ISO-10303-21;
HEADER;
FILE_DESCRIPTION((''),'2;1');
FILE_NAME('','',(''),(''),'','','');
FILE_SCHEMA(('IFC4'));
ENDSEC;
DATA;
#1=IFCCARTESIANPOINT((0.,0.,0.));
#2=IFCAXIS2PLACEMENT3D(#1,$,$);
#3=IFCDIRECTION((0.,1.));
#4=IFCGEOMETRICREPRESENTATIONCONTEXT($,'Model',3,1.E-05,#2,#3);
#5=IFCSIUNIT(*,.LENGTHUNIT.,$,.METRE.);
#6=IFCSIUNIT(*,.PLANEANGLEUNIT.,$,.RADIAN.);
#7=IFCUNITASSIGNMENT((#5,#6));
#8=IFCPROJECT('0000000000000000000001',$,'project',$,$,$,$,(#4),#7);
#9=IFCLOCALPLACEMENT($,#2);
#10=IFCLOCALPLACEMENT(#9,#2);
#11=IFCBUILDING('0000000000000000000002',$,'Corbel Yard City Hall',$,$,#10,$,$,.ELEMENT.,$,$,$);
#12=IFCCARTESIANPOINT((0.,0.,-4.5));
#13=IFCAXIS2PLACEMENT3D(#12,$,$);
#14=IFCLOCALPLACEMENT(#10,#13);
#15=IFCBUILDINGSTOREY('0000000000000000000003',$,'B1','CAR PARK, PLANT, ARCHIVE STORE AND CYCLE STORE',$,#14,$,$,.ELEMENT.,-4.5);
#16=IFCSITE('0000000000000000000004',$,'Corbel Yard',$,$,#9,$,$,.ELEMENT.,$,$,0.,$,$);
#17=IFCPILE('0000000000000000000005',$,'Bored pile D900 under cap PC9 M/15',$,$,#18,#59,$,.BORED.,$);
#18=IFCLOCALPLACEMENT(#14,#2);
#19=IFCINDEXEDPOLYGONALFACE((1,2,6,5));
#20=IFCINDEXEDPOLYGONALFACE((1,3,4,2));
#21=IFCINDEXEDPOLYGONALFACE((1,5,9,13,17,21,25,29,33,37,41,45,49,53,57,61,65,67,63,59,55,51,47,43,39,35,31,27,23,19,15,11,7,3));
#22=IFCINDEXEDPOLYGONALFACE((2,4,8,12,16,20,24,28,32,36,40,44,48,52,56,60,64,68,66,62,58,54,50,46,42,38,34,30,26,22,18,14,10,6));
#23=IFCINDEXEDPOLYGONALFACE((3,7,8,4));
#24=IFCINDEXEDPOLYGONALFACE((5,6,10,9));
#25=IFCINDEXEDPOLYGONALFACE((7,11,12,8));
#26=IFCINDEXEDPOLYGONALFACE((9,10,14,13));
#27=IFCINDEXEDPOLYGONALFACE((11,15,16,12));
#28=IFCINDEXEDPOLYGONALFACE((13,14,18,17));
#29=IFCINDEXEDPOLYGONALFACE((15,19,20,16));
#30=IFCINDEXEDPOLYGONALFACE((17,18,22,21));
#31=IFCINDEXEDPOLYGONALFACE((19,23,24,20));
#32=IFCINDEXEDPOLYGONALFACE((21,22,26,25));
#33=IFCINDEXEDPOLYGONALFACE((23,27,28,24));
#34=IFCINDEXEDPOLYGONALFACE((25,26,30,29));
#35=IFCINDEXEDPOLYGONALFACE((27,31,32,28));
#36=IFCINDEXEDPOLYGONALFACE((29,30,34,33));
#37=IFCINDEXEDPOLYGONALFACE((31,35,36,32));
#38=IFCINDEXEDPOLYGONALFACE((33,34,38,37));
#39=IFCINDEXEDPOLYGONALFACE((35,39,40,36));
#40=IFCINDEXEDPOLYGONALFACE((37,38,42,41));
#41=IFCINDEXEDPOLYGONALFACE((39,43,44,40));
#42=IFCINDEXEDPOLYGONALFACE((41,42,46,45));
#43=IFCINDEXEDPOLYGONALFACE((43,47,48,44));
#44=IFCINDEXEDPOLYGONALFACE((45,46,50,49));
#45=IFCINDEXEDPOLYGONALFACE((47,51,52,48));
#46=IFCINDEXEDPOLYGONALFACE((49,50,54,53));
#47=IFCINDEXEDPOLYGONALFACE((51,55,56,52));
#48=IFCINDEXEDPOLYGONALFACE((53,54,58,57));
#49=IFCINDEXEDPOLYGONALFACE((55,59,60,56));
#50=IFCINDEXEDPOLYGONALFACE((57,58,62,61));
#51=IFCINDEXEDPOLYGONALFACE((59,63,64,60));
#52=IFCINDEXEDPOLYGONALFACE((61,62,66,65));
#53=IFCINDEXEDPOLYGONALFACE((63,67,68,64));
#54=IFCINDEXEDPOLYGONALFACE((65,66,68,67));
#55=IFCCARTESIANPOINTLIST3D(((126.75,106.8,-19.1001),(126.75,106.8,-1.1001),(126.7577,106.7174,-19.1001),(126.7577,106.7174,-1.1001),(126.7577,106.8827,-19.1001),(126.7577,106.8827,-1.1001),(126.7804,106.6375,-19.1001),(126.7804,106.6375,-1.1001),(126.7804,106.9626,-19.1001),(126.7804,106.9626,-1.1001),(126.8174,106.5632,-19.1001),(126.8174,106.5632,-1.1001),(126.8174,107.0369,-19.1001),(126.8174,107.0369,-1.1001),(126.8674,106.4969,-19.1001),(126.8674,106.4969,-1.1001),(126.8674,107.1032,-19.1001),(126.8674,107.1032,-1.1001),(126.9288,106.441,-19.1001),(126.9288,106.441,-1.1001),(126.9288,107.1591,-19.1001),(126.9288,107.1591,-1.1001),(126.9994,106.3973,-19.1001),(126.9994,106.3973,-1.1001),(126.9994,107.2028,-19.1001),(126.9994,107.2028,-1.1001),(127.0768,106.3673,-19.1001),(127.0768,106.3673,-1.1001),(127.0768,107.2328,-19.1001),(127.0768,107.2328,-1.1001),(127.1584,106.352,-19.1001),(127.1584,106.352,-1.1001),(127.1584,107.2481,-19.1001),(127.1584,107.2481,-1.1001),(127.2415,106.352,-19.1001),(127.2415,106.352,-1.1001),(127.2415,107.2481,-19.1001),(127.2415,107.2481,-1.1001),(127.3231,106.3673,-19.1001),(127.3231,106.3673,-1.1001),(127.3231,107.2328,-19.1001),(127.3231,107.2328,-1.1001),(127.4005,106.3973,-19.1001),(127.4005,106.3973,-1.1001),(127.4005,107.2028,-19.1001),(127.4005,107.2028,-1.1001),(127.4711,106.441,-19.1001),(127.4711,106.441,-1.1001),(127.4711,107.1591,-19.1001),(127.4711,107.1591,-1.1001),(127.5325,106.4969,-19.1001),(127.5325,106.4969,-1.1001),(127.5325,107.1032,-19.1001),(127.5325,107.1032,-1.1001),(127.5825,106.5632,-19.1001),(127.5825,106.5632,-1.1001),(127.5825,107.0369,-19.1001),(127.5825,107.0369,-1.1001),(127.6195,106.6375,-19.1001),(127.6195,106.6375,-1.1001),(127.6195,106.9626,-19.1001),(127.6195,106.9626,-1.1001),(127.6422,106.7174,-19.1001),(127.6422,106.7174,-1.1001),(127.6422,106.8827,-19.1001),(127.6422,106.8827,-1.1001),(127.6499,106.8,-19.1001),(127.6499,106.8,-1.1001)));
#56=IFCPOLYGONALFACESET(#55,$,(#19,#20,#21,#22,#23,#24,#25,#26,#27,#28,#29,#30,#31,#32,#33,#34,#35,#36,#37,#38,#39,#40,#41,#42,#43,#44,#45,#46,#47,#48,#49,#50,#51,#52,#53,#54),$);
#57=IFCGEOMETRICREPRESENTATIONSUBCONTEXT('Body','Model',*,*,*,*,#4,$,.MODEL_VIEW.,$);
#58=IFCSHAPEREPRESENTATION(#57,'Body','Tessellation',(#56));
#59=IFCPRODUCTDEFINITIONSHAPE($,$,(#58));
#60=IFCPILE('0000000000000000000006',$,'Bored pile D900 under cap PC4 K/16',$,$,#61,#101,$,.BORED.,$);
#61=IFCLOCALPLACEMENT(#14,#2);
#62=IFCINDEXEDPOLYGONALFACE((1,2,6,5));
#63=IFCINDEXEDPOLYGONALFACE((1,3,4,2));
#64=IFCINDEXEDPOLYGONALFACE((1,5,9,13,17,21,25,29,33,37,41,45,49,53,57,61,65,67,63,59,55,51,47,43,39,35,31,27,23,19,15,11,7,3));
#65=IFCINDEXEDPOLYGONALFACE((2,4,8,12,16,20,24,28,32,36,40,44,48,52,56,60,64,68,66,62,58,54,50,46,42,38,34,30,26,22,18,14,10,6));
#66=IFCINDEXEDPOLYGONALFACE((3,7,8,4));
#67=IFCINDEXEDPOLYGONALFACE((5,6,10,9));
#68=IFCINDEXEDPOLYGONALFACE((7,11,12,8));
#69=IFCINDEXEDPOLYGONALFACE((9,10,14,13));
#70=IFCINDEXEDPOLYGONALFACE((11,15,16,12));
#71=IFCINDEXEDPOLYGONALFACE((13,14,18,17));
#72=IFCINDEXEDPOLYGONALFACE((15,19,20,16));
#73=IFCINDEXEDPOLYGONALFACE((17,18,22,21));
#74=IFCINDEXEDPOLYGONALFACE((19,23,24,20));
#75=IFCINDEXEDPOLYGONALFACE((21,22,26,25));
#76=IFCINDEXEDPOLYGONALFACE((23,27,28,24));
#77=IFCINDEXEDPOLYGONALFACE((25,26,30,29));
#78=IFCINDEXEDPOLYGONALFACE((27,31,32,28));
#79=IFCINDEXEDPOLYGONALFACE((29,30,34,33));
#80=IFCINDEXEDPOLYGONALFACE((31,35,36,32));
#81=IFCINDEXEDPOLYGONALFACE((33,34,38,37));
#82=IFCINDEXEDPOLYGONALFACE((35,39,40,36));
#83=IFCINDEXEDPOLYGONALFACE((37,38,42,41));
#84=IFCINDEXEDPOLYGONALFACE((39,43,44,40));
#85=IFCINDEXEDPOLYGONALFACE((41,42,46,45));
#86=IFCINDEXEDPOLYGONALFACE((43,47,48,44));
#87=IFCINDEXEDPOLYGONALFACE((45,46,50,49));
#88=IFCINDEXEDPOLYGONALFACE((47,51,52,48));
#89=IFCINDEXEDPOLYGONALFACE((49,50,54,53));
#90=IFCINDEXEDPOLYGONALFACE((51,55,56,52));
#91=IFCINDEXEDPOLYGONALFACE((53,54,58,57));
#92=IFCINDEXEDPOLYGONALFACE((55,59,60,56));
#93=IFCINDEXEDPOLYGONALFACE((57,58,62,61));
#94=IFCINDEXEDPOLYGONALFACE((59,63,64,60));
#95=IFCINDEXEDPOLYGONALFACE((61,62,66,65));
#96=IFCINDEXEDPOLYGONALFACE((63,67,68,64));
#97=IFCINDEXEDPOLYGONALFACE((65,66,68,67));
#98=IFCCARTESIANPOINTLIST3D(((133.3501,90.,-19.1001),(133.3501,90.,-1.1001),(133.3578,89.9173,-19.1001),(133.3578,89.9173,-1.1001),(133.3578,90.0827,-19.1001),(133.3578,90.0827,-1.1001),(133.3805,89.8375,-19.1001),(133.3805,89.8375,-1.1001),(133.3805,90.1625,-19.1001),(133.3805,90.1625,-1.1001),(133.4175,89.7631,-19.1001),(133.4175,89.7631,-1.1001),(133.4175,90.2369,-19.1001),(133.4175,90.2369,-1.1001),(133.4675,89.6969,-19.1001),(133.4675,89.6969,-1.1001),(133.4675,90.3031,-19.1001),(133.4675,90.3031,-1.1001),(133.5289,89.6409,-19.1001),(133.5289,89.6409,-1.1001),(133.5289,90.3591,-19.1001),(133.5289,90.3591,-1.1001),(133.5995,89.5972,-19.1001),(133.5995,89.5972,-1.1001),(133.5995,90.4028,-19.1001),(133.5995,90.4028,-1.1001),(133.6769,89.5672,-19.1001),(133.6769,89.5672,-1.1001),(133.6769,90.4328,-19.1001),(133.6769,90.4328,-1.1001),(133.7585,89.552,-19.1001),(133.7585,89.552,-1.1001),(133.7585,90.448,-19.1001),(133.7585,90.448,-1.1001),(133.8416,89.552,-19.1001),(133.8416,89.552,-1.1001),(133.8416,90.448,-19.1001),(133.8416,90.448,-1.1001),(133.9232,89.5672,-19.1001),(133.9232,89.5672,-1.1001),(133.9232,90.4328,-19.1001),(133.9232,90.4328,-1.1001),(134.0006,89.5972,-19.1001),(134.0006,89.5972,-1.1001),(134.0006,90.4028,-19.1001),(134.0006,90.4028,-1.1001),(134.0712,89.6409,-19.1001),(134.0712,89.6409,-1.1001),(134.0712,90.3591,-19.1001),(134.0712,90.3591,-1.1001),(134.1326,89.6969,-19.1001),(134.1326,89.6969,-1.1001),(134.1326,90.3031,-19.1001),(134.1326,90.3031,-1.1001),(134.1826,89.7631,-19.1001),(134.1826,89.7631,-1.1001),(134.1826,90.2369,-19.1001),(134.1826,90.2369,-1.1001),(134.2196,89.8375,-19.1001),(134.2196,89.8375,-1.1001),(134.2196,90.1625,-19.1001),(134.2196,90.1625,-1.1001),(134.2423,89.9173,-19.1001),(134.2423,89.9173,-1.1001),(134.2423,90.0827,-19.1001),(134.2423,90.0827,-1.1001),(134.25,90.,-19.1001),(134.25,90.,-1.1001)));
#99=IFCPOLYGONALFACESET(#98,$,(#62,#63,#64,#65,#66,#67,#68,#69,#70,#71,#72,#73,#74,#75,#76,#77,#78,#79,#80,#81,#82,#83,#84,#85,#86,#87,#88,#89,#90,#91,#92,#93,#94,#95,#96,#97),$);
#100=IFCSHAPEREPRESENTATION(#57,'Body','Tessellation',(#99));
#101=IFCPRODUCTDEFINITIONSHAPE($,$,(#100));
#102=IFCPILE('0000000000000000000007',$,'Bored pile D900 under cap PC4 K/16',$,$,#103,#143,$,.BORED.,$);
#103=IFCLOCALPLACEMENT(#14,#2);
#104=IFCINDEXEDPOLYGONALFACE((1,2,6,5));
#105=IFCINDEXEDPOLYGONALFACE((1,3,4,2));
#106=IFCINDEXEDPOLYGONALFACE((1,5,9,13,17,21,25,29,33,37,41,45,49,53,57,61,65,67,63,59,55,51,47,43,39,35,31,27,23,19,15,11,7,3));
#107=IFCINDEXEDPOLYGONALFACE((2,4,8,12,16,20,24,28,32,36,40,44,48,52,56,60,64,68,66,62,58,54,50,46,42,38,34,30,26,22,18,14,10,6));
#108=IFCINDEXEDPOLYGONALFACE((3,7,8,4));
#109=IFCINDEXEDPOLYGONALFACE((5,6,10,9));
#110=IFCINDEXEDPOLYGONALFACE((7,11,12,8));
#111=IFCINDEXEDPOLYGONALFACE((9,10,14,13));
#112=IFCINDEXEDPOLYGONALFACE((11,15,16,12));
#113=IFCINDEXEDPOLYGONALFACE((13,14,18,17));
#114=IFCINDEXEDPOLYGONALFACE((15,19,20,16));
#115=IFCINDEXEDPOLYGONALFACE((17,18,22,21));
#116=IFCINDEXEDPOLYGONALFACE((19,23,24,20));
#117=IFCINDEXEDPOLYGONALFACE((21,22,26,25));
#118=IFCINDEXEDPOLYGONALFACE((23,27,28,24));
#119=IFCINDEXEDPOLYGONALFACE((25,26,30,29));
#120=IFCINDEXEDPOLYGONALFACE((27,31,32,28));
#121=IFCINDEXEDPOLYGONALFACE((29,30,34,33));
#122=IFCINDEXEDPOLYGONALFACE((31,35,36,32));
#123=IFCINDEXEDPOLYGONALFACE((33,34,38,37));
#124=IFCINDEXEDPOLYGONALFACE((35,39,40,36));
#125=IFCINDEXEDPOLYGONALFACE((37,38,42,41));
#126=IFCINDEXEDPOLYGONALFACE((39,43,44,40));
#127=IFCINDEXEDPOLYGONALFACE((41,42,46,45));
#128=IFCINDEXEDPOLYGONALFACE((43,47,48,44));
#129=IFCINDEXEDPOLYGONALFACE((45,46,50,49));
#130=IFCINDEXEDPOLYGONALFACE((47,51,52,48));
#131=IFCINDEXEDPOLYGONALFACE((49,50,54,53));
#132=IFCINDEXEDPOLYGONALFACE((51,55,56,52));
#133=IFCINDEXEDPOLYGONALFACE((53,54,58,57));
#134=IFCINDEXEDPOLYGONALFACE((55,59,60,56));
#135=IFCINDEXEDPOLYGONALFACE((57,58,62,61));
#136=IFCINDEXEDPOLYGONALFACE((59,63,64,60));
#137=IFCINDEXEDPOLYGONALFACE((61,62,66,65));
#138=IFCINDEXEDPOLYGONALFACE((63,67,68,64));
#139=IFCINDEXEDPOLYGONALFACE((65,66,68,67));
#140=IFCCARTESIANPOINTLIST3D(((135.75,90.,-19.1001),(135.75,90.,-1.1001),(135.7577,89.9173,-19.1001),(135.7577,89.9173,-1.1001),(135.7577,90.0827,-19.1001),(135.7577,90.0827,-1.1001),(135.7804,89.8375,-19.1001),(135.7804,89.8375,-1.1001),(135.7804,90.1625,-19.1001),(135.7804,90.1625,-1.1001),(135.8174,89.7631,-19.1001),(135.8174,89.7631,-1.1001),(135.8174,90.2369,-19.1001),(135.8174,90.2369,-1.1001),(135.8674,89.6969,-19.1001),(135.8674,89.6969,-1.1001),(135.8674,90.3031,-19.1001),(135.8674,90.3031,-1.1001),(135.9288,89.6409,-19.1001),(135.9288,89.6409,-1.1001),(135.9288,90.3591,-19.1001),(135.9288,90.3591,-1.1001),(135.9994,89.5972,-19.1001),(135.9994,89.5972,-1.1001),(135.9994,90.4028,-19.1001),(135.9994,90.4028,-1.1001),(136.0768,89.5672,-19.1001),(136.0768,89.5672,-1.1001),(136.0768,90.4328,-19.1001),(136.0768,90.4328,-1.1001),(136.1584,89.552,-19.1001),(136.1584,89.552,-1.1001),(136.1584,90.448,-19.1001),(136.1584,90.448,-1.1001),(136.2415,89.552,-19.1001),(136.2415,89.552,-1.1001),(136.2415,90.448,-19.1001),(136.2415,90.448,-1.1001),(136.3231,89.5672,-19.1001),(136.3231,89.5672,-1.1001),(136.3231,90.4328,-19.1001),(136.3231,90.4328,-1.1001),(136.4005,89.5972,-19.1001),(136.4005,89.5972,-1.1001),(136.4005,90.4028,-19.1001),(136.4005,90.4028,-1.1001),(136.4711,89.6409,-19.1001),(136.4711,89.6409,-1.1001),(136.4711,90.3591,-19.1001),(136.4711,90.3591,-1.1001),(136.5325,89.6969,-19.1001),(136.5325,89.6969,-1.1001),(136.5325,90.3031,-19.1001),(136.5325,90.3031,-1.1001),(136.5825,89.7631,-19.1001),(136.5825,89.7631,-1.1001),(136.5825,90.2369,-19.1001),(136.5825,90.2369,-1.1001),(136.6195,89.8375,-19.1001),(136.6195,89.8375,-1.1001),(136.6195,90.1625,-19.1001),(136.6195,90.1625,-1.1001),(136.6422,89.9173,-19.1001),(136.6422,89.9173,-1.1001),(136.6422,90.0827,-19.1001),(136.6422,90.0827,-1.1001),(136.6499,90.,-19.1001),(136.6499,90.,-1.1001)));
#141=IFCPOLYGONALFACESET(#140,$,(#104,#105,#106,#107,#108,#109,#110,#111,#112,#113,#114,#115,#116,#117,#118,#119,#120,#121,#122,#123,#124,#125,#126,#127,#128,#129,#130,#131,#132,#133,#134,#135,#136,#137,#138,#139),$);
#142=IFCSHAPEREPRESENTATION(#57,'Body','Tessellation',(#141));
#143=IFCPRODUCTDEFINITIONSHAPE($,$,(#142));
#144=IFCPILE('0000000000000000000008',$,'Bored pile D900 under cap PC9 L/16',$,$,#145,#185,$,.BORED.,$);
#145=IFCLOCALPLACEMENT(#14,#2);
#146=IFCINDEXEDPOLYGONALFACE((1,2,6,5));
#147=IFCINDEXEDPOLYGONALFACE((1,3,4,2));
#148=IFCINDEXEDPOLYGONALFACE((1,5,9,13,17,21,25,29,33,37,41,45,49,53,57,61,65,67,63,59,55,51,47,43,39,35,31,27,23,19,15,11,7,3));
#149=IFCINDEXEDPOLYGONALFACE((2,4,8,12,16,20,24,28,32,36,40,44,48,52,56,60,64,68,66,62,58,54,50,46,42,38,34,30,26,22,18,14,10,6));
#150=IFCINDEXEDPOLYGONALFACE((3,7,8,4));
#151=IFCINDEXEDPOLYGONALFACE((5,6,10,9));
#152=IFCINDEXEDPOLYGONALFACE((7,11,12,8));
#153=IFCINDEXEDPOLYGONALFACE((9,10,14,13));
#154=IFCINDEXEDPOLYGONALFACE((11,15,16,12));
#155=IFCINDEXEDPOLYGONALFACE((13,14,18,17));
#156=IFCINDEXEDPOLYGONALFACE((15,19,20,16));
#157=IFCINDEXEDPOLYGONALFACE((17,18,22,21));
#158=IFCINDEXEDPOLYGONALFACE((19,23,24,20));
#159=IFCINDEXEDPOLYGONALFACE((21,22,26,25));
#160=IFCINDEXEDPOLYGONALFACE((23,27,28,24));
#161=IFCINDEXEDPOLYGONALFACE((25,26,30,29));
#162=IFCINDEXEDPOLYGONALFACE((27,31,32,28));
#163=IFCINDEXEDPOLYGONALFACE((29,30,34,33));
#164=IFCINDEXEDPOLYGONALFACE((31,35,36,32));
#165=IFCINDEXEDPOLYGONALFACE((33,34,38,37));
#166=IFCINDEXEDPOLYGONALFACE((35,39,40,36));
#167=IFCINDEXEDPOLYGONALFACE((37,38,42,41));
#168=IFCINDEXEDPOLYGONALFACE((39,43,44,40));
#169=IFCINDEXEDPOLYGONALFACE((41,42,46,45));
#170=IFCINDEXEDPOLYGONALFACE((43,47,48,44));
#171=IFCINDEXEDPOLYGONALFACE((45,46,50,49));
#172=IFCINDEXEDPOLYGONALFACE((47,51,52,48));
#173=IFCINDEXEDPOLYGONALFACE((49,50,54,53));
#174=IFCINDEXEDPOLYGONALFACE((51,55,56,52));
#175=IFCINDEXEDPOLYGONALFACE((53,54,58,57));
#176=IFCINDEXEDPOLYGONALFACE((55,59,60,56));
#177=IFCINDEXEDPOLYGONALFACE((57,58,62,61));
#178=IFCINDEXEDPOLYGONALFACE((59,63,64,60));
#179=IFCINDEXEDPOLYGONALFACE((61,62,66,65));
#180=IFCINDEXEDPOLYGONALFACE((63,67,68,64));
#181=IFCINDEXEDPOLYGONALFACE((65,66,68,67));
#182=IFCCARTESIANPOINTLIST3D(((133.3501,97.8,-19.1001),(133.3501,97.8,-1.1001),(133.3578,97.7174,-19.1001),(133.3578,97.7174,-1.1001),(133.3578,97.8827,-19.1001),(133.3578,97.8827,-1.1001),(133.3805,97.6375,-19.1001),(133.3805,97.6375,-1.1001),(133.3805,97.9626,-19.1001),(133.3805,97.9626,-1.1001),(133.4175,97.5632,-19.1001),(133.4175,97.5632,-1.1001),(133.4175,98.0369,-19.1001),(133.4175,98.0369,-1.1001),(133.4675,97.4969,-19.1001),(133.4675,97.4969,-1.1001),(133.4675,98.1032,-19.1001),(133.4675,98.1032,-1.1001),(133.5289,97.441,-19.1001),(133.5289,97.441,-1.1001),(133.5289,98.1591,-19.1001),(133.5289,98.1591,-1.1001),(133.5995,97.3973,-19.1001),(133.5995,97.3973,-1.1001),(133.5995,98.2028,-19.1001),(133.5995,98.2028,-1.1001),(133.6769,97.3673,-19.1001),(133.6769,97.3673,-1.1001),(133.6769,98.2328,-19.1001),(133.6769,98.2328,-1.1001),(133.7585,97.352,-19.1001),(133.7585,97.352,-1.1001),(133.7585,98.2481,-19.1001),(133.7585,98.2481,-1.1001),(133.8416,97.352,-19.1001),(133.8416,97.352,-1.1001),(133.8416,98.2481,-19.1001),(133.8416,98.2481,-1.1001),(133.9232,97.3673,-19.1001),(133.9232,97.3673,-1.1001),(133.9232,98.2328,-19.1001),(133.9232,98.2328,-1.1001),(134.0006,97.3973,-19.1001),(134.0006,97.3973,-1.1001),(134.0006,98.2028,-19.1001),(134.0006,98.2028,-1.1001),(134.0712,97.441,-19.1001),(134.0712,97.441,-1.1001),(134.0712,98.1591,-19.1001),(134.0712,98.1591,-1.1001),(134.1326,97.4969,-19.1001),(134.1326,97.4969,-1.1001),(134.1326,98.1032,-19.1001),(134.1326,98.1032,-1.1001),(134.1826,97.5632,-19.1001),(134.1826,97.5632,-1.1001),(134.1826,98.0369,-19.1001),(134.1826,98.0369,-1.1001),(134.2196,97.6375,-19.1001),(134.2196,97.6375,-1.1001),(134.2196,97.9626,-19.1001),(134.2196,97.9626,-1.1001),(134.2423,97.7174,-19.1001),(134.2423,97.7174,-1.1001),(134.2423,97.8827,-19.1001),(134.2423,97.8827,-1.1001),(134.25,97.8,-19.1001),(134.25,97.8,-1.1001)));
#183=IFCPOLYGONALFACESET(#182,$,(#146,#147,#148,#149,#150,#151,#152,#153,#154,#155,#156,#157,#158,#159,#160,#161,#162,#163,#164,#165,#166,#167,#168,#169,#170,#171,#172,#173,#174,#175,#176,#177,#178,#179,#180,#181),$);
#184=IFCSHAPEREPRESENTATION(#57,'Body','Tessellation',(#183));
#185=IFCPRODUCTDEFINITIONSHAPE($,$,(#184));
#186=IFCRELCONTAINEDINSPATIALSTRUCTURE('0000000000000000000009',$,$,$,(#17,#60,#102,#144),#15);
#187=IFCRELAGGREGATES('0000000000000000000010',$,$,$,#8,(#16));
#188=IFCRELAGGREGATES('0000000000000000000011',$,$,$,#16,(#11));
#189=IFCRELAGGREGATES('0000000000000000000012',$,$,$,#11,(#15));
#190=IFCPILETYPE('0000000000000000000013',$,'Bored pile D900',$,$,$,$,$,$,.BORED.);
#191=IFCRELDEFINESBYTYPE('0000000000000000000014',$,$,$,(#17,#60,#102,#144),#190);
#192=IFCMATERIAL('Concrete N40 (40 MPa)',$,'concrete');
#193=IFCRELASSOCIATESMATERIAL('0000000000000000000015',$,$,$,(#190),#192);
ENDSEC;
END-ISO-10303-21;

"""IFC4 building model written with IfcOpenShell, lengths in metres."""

from ifc_helpers import new_model, si_unit, direction, frame, origin, origin_2d, place, context, subcontext, project, spatial, circle, extrude, material, material_profile, profile_set, type_object, element, save


model = new_model("IFC4")

# Units and contexts
model_context = context("Model", 3, precision=1e-05, world=origin(), true_north=direction((0.0, 1.0)))
body_context = subcontext(model_context, "Body", "Model", "MODEL_VIEW")
ifc_project = project(units=[si_unit("LENGTHUNIT", "METRE"), si_unit("PLANEANGLEUNIT", "RADIAN")], contexts=[model_context])

# Site, building, storey
site_placement = place(None, origin())
site = spatial("IfcSite", under=ifc_project, at=site_placement, Name="Corbel Yard", CompositionType="ELEMENT", RefElevation=0.0)
building_placement = place(site_placement, origin())
building = spatial("IfcBuilding", under=site, at=building_placement, Name="Corbel Yard City Hall", CompositionType="ELEMENT")
storey_placement = place(building_placement, frame((0.0, 0.0, -4.5)))
storey = spatial("IfcBuildingStorey", under=building, at=storey_placement, Name="B1", Description="CAR PARK, PLANT, ARCHIVE STORE AND CYCLE STORE", CompositionType="ELEMENT", Elevation=-4.5)

# Piles
ifc_material_1 = material(Name="Concrete N40 (40 MPa)", Category="concrete")
ifc_material_profile_1 = material_profile(ifc_material_1, circle(Radius=0.45, at=origin_2d()), Name="D900")
ifc_profile_set_1 = profile_set([ifc_material_profile_1], Name="Concrete N40 (40 MPa)")
pile_type_1 = type_object("IfcPileType", Name="Bored pile D900", PredefinedType="BORED", material=ifc_profile_set_1)
for number, where, z_axis, x_axis, name in (
    (1, (127.2, 106.8, -1.1001), (0.0, 0.0, -1.0), (1.0, 0.0, 0.0), "Bored pile D900 under cap PC9 M/15"),
    (2, (133.8, 90.0, -1.1001), (0.0, 0.0, -1.0), (1.0, 0.0, 0.0), "Bored pile D900 under cap PC4 K/16"),
    (3, (136.2, 90.0, -1.1001), (0.0, 0.0, -1.0), (1.0, 0.0, 0.0), "Bored pile D900 under cap PC4 K/16"),
    (4, (133.8, 97.8, -1.1001), (0.0, 0.0, -1.0), (1.0, 0.0, 0.0), "Bored pile D900 under cap PC9 L/16"),
):
    element("IfcPile", number, at=place(storey_placement, frame(where, z_axis=z_axis, x_axis=x_axis)), inside=storey, type_object=pile_type_1, Name=name, PredefinedType="BORED", context=body_context, shape_type="SweptSolid", body=[
        extrude(circle(Radius=0.45, at=origin_2d()), origin(), (0.0, 0.0, 1.0), 18.0),
    ])

save(model, "model.ifc")
